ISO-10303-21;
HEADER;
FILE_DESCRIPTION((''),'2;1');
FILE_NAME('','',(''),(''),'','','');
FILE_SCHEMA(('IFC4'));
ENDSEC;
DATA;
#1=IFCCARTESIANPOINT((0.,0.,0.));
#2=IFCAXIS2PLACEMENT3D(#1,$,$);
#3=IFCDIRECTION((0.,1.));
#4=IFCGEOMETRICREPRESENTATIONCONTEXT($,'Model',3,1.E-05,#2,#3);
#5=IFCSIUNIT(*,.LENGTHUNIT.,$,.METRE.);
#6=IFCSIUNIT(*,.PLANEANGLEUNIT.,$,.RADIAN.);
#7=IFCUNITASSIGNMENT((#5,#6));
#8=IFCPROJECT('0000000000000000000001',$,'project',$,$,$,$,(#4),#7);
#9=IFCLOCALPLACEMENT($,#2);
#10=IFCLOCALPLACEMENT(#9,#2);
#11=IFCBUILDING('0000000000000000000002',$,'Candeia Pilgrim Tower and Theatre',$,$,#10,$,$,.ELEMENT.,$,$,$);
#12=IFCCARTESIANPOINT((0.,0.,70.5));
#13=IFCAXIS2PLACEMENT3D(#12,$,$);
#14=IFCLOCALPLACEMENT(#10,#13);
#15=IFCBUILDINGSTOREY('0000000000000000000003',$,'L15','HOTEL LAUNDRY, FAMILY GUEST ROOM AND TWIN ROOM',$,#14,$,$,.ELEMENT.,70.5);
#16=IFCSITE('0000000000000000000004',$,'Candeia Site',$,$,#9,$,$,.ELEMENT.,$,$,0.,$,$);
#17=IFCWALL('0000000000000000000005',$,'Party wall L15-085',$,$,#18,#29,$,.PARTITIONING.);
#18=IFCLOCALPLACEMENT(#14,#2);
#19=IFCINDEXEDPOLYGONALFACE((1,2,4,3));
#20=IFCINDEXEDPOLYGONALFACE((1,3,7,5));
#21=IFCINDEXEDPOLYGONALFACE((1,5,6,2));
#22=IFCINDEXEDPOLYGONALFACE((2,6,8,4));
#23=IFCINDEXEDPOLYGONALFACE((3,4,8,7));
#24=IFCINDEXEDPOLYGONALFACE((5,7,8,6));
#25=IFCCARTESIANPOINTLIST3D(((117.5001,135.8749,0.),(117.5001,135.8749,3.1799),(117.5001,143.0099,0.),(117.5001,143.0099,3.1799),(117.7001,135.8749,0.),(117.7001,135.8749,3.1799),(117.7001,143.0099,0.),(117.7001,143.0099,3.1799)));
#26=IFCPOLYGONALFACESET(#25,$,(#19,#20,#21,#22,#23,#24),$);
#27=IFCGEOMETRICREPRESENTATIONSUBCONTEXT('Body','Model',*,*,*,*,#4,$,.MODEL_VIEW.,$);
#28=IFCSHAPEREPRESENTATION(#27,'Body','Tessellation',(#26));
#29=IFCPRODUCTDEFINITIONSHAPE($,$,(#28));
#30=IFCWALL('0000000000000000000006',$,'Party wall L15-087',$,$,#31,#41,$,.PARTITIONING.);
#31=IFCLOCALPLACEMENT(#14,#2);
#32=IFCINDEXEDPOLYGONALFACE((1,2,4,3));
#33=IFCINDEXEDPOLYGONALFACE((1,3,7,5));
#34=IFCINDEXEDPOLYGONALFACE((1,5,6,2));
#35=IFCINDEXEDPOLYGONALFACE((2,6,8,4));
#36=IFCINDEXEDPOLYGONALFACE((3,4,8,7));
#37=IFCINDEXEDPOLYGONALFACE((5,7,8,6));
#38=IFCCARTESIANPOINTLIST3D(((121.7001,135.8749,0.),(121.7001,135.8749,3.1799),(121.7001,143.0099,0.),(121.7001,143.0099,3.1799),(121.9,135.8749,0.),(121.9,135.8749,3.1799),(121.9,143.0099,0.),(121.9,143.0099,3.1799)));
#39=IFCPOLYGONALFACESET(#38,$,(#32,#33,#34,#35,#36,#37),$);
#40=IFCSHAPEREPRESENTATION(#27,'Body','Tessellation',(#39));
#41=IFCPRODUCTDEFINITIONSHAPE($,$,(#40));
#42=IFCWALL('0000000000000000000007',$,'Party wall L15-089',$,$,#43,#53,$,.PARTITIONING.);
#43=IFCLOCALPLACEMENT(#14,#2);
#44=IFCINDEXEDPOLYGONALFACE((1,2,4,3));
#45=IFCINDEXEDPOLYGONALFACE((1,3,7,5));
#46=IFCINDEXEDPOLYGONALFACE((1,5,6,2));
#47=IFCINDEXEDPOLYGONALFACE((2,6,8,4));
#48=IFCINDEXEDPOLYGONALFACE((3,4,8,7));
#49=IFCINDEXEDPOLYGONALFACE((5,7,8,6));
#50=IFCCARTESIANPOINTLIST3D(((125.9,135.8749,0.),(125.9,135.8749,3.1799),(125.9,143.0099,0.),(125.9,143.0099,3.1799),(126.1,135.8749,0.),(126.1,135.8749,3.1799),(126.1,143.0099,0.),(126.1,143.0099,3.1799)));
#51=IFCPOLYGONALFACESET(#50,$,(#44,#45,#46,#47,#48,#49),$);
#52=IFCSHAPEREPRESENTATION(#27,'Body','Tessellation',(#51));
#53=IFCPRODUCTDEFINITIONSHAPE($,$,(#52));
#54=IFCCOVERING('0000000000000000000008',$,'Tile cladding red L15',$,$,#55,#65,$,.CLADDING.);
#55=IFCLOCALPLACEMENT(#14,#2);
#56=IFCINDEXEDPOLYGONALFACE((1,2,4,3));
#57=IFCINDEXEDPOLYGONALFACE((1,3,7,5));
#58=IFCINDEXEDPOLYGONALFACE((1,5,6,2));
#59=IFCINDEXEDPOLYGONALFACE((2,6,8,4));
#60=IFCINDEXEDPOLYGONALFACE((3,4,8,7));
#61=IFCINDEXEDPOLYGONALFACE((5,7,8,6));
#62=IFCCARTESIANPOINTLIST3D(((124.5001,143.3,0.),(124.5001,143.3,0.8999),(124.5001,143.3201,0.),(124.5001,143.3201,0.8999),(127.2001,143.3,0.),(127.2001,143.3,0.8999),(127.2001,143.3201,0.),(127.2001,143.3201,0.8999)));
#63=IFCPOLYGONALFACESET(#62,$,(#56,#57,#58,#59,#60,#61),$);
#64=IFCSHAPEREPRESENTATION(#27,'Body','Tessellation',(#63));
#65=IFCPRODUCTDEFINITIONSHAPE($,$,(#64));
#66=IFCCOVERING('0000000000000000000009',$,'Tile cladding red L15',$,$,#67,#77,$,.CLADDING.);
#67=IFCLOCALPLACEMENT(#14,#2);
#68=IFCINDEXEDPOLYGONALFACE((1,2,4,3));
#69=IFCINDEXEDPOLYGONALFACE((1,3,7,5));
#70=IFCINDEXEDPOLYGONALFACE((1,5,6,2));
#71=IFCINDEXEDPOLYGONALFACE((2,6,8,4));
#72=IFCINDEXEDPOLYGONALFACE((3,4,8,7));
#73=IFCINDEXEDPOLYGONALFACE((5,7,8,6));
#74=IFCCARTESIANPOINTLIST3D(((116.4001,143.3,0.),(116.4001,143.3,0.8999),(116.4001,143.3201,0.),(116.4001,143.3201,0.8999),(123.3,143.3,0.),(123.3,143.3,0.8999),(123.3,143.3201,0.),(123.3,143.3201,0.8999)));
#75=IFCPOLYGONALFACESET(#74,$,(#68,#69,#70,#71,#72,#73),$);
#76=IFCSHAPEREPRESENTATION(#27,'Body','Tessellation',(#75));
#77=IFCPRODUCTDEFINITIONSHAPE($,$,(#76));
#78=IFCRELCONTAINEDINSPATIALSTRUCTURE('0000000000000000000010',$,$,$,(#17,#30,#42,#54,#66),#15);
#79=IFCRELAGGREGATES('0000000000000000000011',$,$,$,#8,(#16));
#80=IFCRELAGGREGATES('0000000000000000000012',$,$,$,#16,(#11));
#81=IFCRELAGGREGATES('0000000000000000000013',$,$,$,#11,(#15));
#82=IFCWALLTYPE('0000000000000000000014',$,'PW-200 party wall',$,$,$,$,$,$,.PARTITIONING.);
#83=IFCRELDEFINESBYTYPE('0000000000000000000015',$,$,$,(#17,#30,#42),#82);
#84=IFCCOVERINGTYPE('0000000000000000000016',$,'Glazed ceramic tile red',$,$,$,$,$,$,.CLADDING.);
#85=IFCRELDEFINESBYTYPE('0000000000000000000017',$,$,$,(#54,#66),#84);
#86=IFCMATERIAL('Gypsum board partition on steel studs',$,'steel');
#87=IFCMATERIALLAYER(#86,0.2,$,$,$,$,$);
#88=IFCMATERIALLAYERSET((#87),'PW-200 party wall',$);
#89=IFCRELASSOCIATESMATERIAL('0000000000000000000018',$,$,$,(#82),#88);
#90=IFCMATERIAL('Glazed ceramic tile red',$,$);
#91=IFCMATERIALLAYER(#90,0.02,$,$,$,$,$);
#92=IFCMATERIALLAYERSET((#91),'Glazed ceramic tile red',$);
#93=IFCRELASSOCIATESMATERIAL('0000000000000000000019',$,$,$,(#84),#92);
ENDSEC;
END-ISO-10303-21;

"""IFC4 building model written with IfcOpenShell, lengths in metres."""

from ifc_helpers import new_model, si_unit, direction, frame, frame_2d, origin, origin_2d, place, context, subcontext, project, spatial, rectangle, extrude, material, layer, layer_set, type_object, element, save


model = new_model("IFC4")

# Units and contexts
model_context = context("Model", 3, precision=1e-05, world=origin(), true_north=direction((0.0, 1.0)))
body_context = subcontext(model_context, "Body", "Model", "MODEL_VIEW")
ifc_project = project(units=[si_unit("LENGTHUNIT", "METRE"), si_unit("PLANEANGLEUNIT", "RADIAN")], contexts=[model_context])

# Site, building, storey
site_placement = place(None, origin())
site = spatial("IfcSite", under=ifc_project, at=site_placement, Name="Candeia Site", CompositionType="ELEMENT", RefElevation=0.0)
building_placement = place(site_placement, origin())
building = spatial("IfcBuilding", under=site, at=building_placement, Name="Candeia Pilgrim Tower and Theatre", CompositionType="ELEMENT")
storey_placement = place(building_placement, frame((0.0, 0.0, 70.5)))
storey = spatial("IfcBuildingStorey", under=building, at=storey_placement, Name="L15", Description="HOTEL LAUNDRY, FAMILY GUEST ROOM AND TWIN ROOM", CompositionType="ELEMENT", Elevation=70.5)

# Shared definitions
ifc_material_1 = material(Name="Gypsum board partition on steel studs", Category="steel")

# Walls
ifc_layer_1 = layer(ifc_material_1, 0.2)
ifc_layer_set_1 = layer_set([ifc_layer_1], Name="PW-200 party wall")
wall_type_1 = type_object("IfcWallType", Name="PW-200 party wall", PredefinedType="PARTITIONING", material=ifc_layer_set_1)
for number, where, z_axis, x_axis, name in (
    (1, (117.6001, 135.875, 0.0), (0.0, 0.0, 1.0), (0.0, 1.0, 0.0), "Party wall L15-085"),
    (2, (121.8, 135.875, 0.0), (0.0, 0.0, 1.0), (0.0, 1.0, 0.0), "Party wall L15-087"),
    (3, (126.0, 135.875, 0.0), (0.0, 0.0, 1.0), (0.0, 1.0, 0.0), "Party wall L15-089"),
):
    element("IfcWall", number, at=place(storey_placement, frame(where, z_axis=z_axis, x_axis=x_axis)), inside=storey, type_object=wall_type_1, Name=name, PredefinedType="PARTITIONING", context=body_context, shape_type="SweptSolid", body=[
        extrude(rectangle(XDim=7.135, YDim=0.2, at=frame_2d((3.5674, 0.0))), origin(), (0.0, 0.0, 1.0), 3.1799),
    ])

# Coverings
ifc_material_2 = material(Name="Glazed ceramic tile red")
ifc_layer_2 = layer(ifc_material_2, 0.02)
ifc_layer_set_2 = layer_set([ifc_layer_2], Name="Glazed ceramic tile red")
covering_type = type_object("IfcCoveringType", Name="Glazed ceramic tile red", PredefinedType="CLADDING", material=ifc_layer_set_2)
covering_1_placement = place(storey_placement, frame((125.8501, 143.3101, 0.0), z_axis=(0.0, 0.0, 1.0), x_axis=(-1.0, 0.0, 0.0)))
element("IfcCovering", 4, at=covering_1_placement, inside=storey, type_object=covering_type, Name="Tile cladding red L15", PredefinedType="CLADDING", context=body_context, shape_type="SweptSolid", body=[
    extrude(rectangle(XDim=2.7, YDim=0.02, at=origin_2d()), origin(), (0.0, 0.0, 1.0), 0.8999),
])
covering_2_placement = place(storey_placement, frame((119.8501, 143.3101, 0.0), z_axis=(0.0, 0.0, 1.0), x_axis=(-1.0, 0.0, 0.0)))
element("IfcCovering", 5, at=covering_2_placement, inside=storey, type_object=covering_type, Name="Tile cladding red L15", PredefinedType="CLADDING", context=body_context, shape_type="SweptSolid", body=[
    extrude(rectangle(XDim=6.8999, YDim=0.02, at=origin_2d()), origin(), (0.0, 0.0, 1.0), 0.8999),
])

save(model, "model.ifc")
